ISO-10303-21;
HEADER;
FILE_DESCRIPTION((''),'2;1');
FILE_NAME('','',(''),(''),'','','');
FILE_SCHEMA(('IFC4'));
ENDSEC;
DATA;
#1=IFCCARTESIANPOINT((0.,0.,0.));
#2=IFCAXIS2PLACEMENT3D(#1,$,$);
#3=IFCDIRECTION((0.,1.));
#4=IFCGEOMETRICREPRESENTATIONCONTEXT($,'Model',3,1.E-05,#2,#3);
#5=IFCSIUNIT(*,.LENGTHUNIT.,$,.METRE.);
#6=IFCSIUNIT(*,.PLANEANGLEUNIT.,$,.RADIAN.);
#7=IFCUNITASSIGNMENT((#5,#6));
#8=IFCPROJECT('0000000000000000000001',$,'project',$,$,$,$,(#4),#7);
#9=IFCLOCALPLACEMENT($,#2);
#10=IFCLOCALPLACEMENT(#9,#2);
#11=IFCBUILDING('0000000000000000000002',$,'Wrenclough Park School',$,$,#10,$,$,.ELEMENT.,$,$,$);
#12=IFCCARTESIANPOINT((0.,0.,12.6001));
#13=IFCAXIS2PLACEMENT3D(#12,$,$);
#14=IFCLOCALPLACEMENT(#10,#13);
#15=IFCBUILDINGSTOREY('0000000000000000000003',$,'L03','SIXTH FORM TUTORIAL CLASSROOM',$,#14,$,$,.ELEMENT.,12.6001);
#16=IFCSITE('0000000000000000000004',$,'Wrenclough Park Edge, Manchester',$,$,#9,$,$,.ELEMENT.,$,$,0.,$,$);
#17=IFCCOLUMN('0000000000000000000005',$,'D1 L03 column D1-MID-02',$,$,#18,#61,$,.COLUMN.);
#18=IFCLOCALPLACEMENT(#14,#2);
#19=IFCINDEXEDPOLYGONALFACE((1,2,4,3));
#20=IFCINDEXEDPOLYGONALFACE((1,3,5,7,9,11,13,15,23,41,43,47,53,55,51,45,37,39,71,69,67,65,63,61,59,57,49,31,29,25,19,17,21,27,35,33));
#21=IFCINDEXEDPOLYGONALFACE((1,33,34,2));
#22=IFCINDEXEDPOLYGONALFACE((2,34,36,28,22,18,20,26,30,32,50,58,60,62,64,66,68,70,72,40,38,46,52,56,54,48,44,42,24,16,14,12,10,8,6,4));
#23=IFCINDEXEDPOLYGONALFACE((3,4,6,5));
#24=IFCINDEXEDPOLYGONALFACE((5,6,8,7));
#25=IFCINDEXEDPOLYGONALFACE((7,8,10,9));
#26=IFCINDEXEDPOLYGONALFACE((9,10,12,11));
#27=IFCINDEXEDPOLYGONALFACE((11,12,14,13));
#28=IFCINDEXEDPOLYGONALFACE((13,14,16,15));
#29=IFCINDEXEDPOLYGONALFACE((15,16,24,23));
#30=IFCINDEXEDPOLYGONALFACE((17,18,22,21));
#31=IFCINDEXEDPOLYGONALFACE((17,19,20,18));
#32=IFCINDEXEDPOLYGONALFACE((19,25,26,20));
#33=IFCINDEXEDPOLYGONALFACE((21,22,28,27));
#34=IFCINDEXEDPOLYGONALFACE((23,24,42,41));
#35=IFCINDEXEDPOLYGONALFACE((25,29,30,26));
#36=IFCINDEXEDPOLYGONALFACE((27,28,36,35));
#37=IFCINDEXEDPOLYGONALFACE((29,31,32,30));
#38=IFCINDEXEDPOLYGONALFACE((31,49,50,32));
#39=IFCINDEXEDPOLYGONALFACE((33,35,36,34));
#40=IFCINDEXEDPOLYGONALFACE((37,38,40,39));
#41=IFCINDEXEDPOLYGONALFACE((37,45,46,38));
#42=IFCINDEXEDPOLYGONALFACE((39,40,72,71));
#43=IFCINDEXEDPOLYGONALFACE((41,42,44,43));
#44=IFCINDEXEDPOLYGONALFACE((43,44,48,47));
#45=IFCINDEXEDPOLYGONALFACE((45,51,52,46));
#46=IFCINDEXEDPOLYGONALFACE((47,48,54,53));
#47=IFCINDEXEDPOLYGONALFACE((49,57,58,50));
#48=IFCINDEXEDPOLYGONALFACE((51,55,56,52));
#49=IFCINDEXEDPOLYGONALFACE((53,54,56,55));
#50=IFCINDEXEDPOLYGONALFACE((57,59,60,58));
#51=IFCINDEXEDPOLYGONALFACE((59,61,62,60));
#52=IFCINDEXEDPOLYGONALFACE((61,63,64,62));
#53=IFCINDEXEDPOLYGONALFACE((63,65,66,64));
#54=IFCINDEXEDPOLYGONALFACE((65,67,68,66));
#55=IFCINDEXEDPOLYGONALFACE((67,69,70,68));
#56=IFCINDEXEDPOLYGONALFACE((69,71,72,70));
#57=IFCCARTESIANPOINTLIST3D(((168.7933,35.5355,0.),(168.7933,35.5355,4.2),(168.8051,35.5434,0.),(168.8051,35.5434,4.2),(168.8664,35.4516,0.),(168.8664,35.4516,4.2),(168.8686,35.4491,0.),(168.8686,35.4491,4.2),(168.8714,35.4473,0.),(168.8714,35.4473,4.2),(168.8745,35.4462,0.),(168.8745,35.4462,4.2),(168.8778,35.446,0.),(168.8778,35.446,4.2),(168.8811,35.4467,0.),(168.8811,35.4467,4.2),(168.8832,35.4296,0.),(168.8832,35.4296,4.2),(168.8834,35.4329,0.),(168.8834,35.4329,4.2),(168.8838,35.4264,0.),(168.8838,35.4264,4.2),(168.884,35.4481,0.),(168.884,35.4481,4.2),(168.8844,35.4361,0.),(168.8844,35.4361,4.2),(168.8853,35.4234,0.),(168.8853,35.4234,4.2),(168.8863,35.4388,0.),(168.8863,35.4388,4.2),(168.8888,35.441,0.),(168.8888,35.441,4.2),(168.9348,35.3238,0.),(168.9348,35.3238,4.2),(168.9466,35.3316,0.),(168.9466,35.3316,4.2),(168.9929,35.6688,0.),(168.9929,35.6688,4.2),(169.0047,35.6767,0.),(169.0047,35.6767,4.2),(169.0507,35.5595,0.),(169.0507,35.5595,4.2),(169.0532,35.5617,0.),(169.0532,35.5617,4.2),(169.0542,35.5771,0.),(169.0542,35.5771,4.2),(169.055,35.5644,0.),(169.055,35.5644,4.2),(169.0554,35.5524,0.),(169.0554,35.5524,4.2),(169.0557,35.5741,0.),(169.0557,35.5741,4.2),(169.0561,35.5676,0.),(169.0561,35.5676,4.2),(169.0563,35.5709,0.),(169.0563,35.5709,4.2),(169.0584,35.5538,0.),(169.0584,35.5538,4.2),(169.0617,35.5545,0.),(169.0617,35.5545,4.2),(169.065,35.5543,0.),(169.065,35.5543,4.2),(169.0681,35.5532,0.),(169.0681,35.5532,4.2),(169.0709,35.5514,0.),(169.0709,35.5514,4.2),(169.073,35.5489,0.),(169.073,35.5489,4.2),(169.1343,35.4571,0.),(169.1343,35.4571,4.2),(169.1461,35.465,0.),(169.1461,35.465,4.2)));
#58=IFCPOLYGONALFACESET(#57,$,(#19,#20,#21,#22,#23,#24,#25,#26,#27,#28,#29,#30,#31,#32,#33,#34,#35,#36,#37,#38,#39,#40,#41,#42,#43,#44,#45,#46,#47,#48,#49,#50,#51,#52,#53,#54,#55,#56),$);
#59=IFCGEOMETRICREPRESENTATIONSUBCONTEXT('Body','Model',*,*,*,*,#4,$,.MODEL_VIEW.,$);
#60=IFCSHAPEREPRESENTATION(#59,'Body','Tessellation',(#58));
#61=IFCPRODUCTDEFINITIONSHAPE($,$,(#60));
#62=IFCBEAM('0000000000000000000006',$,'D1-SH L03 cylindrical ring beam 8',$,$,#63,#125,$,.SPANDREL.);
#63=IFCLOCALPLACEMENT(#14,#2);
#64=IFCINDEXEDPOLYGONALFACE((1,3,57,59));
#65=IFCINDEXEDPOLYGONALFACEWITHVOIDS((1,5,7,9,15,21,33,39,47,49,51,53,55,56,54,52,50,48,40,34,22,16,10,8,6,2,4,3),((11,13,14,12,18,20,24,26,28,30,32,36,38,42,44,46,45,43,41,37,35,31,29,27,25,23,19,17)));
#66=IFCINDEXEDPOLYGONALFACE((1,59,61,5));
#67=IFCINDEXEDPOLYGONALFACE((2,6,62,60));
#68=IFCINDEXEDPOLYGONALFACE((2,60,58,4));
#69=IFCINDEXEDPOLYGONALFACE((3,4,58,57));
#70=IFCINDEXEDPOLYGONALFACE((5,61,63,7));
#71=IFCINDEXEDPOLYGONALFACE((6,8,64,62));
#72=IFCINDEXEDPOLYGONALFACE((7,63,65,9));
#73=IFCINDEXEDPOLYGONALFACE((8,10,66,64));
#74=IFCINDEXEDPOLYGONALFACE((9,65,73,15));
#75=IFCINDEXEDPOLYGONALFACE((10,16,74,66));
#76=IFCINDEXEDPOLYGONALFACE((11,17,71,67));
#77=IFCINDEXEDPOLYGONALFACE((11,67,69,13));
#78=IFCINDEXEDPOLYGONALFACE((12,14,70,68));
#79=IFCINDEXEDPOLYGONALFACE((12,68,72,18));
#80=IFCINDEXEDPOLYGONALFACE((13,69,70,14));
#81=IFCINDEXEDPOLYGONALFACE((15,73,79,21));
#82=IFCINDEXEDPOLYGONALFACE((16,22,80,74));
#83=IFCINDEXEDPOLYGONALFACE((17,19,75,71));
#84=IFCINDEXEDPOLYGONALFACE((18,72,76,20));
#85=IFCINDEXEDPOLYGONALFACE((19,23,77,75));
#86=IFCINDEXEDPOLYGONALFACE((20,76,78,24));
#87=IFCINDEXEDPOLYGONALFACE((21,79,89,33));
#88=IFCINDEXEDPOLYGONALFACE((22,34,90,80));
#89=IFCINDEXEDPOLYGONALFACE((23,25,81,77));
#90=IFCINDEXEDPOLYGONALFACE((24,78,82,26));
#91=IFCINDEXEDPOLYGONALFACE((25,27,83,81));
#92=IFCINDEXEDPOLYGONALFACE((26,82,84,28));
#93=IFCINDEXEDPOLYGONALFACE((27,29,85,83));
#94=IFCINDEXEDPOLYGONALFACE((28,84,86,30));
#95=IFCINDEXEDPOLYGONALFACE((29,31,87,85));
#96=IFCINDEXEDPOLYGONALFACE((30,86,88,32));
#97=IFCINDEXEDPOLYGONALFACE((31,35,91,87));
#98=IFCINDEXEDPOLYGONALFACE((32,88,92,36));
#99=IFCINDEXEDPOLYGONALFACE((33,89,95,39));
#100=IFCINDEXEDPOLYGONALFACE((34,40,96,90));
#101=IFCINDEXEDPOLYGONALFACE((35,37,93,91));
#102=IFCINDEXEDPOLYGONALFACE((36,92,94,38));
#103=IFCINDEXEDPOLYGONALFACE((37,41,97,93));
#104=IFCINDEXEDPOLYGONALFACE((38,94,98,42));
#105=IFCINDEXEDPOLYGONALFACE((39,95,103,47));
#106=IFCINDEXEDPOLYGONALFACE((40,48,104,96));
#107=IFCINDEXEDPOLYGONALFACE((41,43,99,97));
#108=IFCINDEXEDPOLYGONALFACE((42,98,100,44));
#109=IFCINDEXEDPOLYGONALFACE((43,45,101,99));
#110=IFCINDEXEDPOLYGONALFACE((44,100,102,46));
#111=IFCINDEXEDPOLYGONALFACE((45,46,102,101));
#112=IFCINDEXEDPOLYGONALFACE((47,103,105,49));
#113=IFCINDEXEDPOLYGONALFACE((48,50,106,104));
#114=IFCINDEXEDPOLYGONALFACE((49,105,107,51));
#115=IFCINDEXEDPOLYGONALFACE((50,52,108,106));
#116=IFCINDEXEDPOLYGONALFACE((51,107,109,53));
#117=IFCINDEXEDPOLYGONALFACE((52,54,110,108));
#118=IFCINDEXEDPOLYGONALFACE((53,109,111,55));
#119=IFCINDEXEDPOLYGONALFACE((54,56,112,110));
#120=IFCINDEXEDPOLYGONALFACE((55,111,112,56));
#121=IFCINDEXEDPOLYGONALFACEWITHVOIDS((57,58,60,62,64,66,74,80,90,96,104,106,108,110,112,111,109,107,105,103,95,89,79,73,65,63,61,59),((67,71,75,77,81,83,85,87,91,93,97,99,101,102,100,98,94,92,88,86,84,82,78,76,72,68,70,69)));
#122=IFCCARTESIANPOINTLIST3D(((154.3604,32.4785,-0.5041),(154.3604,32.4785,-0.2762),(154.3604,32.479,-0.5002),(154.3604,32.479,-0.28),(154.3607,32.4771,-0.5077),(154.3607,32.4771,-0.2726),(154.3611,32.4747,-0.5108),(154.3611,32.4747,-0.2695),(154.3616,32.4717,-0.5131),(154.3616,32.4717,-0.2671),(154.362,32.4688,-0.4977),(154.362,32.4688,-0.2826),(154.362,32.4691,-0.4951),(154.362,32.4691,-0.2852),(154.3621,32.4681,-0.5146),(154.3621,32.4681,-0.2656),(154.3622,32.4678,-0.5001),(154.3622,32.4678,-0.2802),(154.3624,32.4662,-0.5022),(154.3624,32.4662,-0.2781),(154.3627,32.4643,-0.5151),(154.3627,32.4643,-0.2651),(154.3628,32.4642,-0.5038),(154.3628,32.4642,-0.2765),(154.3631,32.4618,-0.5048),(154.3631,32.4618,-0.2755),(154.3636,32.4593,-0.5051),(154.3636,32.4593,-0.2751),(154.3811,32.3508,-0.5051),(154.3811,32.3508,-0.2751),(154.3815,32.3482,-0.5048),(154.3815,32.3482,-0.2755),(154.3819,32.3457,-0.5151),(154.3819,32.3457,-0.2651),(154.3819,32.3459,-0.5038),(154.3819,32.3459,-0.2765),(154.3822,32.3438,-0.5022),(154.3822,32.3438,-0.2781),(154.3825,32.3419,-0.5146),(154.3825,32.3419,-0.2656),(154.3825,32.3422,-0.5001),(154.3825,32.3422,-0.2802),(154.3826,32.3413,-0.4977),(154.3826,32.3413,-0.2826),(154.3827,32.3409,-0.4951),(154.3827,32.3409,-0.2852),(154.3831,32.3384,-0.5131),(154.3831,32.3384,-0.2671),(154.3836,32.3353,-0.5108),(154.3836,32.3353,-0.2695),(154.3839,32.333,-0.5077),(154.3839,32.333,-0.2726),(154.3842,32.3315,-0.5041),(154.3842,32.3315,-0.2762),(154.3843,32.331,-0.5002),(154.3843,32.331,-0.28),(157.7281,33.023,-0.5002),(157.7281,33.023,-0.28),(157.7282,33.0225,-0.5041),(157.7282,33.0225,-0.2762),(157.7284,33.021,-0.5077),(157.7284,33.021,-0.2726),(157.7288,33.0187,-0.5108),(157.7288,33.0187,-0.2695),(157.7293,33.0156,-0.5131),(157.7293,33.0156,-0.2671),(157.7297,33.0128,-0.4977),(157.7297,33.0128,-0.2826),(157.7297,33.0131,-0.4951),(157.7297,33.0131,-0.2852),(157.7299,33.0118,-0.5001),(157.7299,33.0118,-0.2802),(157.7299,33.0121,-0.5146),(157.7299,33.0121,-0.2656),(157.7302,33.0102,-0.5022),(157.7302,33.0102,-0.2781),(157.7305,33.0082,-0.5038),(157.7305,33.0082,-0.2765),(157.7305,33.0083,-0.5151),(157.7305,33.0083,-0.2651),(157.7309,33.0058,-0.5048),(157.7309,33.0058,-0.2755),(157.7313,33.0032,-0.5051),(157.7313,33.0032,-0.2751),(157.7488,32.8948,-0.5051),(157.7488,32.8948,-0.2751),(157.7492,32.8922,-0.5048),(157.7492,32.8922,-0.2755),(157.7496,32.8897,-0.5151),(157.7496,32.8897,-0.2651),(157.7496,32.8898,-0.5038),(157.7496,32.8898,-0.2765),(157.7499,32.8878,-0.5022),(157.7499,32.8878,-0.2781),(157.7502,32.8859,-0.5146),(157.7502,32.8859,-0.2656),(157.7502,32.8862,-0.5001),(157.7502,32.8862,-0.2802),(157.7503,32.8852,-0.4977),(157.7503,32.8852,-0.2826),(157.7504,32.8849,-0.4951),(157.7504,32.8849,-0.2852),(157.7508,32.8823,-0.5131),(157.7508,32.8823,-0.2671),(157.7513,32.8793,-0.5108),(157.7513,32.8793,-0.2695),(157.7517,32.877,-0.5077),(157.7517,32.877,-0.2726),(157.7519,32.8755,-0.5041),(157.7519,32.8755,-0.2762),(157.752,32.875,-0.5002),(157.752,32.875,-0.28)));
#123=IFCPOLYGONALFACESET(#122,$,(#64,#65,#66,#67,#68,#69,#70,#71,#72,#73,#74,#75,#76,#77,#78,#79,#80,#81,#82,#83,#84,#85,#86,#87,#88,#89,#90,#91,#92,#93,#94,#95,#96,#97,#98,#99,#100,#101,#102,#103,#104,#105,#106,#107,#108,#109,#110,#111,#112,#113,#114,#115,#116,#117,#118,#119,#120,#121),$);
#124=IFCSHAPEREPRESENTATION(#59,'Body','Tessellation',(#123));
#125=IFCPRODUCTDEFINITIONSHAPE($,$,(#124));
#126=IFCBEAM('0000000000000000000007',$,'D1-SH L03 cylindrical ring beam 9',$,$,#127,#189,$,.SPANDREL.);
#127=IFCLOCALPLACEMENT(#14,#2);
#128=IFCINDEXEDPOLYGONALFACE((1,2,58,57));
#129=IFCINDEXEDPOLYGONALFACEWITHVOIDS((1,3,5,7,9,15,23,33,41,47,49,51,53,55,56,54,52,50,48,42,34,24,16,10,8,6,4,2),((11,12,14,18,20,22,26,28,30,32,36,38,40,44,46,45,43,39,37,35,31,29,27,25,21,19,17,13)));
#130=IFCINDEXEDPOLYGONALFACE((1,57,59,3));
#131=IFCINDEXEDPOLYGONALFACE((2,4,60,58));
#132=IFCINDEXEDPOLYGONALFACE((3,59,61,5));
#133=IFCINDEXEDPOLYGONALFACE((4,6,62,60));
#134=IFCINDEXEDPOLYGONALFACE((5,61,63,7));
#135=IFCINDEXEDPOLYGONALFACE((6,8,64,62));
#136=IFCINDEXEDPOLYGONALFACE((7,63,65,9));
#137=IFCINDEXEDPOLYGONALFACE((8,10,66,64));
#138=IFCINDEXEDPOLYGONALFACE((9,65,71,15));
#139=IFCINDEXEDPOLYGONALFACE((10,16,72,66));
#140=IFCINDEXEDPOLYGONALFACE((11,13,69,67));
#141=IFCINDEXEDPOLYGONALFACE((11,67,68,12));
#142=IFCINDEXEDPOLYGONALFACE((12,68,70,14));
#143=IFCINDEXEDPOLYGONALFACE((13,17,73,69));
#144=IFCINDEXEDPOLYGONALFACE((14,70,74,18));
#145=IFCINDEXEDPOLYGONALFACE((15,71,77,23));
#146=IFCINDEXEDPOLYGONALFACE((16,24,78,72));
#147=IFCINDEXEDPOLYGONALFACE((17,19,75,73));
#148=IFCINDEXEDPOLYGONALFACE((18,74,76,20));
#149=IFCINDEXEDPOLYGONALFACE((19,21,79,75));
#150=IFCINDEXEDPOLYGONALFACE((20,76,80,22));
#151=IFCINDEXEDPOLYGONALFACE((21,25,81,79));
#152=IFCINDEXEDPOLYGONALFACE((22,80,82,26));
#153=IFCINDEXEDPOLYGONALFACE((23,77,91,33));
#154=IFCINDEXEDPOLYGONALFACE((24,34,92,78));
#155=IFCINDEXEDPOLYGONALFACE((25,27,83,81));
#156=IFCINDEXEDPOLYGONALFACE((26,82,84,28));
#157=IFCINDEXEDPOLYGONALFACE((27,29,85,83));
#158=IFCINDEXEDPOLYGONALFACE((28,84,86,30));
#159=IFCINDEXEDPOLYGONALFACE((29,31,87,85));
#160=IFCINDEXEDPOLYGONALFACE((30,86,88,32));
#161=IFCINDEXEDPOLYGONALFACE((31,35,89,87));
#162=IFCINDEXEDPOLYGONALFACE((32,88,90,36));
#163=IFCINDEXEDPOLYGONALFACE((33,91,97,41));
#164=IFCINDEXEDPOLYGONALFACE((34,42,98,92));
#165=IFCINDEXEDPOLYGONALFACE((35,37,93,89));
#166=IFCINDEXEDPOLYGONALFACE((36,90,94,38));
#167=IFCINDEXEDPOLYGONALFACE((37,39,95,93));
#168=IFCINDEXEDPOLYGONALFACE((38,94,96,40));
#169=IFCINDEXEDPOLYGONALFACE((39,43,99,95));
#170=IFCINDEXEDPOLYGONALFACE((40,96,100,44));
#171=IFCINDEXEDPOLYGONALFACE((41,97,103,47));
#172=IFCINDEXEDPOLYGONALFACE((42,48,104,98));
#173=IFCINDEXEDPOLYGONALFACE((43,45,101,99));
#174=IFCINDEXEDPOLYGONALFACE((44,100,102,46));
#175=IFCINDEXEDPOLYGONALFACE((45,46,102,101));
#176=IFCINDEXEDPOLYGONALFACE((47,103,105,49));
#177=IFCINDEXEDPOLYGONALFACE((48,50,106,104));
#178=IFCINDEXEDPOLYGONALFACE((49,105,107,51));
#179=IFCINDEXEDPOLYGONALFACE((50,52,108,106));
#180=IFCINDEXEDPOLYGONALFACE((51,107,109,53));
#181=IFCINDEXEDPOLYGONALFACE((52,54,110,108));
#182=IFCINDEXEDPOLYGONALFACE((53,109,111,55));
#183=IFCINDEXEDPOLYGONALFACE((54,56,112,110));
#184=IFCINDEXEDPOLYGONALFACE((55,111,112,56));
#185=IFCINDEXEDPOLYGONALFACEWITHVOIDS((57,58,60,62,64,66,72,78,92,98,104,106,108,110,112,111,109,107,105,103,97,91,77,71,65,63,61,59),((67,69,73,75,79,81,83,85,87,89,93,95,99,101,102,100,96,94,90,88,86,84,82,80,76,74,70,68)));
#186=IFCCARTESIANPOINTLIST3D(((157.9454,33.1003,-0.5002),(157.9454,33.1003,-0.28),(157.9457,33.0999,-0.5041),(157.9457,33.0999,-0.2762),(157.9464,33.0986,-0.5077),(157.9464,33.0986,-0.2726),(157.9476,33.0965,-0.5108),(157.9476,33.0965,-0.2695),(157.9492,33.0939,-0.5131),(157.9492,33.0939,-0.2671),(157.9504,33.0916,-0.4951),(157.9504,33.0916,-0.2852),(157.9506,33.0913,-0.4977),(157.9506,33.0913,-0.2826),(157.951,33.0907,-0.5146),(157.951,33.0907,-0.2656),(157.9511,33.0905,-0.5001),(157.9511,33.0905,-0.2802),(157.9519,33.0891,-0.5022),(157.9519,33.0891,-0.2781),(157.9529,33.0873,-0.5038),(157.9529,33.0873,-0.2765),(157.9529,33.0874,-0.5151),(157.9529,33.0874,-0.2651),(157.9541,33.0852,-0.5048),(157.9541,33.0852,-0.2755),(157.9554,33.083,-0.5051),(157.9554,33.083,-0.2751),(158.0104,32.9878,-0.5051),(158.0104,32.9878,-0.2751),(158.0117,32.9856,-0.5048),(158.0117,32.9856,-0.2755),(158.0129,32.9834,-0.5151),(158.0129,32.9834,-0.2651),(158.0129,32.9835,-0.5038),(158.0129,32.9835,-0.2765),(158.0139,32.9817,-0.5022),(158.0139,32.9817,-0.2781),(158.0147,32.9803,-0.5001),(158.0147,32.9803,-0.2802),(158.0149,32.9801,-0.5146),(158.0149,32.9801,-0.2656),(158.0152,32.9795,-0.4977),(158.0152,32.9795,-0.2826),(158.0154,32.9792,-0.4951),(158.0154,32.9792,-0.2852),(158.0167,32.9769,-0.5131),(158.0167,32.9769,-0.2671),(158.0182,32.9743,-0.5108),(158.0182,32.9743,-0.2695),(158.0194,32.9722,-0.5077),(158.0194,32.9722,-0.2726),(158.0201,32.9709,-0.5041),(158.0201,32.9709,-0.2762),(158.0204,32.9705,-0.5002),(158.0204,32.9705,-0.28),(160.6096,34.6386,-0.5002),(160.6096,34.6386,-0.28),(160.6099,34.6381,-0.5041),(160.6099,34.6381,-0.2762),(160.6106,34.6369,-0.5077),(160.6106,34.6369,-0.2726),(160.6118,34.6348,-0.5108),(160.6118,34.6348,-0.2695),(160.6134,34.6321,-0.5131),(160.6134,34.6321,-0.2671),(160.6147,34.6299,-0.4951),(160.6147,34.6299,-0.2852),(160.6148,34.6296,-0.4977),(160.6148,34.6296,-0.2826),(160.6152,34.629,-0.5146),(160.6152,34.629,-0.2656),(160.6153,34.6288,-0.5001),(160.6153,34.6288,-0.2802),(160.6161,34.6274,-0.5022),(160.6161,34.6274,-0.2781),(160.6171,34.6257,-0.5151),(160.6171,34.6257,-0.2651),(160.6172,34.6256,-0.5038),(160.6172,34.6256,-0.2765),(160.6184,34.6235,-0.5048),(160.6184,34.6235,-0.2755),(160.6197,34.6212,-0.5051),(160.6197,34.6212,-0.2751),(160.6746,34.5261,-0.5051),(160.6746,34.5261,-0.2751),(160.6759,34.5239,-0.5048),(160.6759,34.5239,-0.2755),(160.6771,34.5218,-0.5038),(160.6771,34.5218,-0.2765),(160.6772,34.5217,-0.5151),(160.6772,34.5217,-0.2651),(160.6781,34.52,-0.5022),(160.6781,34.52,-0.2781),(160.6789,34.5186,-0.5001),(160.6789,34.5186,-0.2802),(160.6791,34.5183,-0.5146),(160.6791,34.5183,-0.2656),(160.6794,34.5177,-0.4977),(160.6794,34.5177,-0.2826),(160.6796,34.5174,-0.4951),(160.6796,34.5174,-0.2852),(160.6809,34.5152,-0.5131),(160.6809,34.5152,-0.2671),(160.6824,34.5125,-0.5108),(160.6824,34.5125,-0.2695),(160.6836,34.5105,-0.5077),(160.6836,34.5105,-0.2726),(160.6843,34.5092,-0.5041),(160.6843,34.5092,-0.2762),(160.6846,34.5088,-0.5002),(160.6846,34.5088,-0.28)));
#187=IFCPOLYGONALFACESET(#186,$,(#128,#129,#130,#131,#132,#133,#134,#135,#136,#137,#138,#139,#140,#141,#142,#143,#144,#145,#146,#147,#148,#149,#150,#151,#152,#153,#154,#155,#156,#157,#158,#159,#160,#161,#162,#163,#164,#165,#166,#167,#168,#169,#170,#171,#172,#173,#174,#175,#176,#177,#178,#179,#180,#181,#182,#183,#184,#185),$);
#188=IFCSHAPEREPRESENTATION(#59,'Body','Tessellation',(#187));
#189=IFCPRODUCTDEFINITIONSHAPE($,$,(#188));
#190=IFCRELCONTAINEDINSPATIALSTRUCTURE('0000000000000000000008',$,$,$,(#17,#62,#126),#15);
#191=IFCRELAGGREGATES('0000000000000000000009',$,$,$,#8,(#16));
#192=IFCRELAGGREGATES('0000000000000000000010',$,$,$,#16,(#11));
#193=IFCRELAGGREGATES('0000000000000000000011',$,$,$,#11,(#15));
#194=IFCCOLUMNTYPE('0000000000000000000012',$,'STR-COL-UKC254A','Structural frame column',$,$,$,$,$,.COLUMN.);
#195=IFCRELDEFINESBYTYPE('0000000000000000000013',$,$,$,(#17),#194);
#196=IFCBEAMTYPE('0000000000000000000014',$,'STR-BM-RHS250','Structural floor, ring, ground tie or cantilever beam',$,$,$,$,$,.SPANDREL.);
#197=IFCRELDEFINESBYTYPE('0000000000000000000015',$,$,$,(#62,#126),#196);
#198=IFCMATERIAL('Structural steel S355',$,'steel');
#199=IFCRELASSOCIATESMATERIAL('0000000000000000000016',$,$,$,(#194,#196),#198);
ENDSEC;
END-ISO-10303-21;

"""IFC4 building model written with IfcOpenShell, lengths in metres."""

from ifc_helpers import new_model, si_unit, direction, frame, origin, origin_2d, place, context, subcontext, project, spatial, hollow_rectangle, i_section, extrude, material, material_profile, profile_set, type_object, element, save


model = new_model("IFC4")

# Units and contexts
model_context = context("Model", 3, precision=1e-05, world=origin(), true_north=direction((0.0, 1.0)))
body_context = subcontext(model_context, "Body", "Model", "MODEL_VIEW")
ifc_project = project(units=[si_unit("LENGTHUNIT", "METRE"), si_unit("PLANEANGLEUNIT", "RADIAN")], contexts=[model_context])

# Site, building, storey
site_placement = place(None, origin())
site = spatial("IfcSite", under=ifc_project, at=site_placement, Name="Wrenclough Park Edge, Manchester", CompositionType="ELEMENT", RefElevation=0.0)
building_placement = place(site_placement, origin())
building = spatial("IfcBuilding", under=site, at=building_placement, Name="Wrenclough Park School", CompositionType="ELEMENT")
storey_placement = place(building_placement, frame((0.0, 0.0, 12.6001)))
storey = spatial("IfcBuildingStorey", under=building, at=storey_placement, Name="L03", Description="SIXTH FORM TUTORIAL CLASSROOM", CompositionType="ELEMENT", Elevation=12.6001)

# Column
ifc_material_1 = material(Name="Structural steel S355", Category="steel")
ifc_material_profile_1 = material_profile(ifc_material_1, i_section(OverallWidth=0.2546, OverallDepth=0.2542, WebThickness=0.0085, FlangeThickness=0.0142, FilletRadius=0.0127, at=origin_2d()), Name="UKC 254x254x73")
ifc_profile_set_1 = profile_set([ifc_material_profile_1], Name="Structural steel S355")
column_type_1 = type_object("IfcColumnType", Name="STR-COL-UKC254A", Description="Structural frame column", PredefinedType="COLUMN", material=ifc_profile_set_1)
column_1_placement = place(storey_placement, frame((168.9697, 35.5002, 0.0), z_axis=(0.0, 0.0, 1.0), x_axis=(-0.55557, 0.83147, 0.0)))
element("IfcColumn", 1, at=column_1_placement, inside=storey, type_object=column_type_1, Name="D1 L03 column D1-MID-02", PredefinedType="COLUMN", context=body_context, shape_type="SweptSolid", body=[
    extrude(i_section(OverallWidth=0.2546, OverallDepth=0.2542, WebThickness=0.0085, FlangeThickness=0.0142, FilletRadius=0.0127, at=origin_2d()), origin(), (0.0, 0.0, 1.0), 4.2),
])

# Beams
ifc_material_profile_2 = material_profile(ifc_material_1, hollow_rectangle(XDim=0.1499, YDim=0.25, WallThickness=0.01, InnerFilletRadius=0.01, OuterFilletRadius=0.0149, at=origin_2d()), Name="RHS 250x150x10.0")
ifc_profile_set_2 = profile_set([ifc_material_profile_2], Name="Structural steel S355")
beam_type_1 = type_object("IfcBeamType", Name="STR-BM-RHS250", Description="Structural floor, ring, ground tie or cantilever beam", PredefinedType="SPANDREL", material=ifc_profile_set_2)
beam_1_placement = place(storey_placement, frame((154.3723, 32.405, -0.3901), z_axis=(0.987206, 0.159453, 0.0), x_axis=(-0.159453, 0.987206, 0.0)))
element("IfcBeam", 2, at=beam_1_placement, inside=storey, type_object=beam_type_1, Name="D1-SH L03 cylindrical ring beam 8", PredefinedType="SPANDREL", context=body_context, shape_type="SweptSolid", body=[
    extrude(hollow_rectangle(XDim=0.1499, YDim=0.25, WallThickness=0.01, InnerFilletRadius=0.01, OuterFilletRadius=0.0149, at=origin_2d()), origin(), (0.0, 0.0, 1.0), 3.4114),
])
beam_2_placement = place(storey_placement, frame((157.9829, 33.0354, -0.3901), z_axis=(0.866012, 0.500022, 0.0), x_axis=(-0.500022, 0.866012, 0.0)))
element("IfcBeam", 3, at=beam_2_placement, inside=storey, type_object=beam_type_1, Name="D1-SH L03 cylindrical ring beam 9", PredefinedType="SPANDREL", context=body_context, shape_type="SweptSolid", body=[
    extrude(hollow_rectangle(XDim=0.1499, YDim=0.25, WallThickness=0.01, InnerFilletRadius=0.01, OuterFilletRadius=0.0149, at=origin_2d()), origin(), (0.0, 0.0, 1.0), 3.0764),
])

save(model, "model.ifc")
